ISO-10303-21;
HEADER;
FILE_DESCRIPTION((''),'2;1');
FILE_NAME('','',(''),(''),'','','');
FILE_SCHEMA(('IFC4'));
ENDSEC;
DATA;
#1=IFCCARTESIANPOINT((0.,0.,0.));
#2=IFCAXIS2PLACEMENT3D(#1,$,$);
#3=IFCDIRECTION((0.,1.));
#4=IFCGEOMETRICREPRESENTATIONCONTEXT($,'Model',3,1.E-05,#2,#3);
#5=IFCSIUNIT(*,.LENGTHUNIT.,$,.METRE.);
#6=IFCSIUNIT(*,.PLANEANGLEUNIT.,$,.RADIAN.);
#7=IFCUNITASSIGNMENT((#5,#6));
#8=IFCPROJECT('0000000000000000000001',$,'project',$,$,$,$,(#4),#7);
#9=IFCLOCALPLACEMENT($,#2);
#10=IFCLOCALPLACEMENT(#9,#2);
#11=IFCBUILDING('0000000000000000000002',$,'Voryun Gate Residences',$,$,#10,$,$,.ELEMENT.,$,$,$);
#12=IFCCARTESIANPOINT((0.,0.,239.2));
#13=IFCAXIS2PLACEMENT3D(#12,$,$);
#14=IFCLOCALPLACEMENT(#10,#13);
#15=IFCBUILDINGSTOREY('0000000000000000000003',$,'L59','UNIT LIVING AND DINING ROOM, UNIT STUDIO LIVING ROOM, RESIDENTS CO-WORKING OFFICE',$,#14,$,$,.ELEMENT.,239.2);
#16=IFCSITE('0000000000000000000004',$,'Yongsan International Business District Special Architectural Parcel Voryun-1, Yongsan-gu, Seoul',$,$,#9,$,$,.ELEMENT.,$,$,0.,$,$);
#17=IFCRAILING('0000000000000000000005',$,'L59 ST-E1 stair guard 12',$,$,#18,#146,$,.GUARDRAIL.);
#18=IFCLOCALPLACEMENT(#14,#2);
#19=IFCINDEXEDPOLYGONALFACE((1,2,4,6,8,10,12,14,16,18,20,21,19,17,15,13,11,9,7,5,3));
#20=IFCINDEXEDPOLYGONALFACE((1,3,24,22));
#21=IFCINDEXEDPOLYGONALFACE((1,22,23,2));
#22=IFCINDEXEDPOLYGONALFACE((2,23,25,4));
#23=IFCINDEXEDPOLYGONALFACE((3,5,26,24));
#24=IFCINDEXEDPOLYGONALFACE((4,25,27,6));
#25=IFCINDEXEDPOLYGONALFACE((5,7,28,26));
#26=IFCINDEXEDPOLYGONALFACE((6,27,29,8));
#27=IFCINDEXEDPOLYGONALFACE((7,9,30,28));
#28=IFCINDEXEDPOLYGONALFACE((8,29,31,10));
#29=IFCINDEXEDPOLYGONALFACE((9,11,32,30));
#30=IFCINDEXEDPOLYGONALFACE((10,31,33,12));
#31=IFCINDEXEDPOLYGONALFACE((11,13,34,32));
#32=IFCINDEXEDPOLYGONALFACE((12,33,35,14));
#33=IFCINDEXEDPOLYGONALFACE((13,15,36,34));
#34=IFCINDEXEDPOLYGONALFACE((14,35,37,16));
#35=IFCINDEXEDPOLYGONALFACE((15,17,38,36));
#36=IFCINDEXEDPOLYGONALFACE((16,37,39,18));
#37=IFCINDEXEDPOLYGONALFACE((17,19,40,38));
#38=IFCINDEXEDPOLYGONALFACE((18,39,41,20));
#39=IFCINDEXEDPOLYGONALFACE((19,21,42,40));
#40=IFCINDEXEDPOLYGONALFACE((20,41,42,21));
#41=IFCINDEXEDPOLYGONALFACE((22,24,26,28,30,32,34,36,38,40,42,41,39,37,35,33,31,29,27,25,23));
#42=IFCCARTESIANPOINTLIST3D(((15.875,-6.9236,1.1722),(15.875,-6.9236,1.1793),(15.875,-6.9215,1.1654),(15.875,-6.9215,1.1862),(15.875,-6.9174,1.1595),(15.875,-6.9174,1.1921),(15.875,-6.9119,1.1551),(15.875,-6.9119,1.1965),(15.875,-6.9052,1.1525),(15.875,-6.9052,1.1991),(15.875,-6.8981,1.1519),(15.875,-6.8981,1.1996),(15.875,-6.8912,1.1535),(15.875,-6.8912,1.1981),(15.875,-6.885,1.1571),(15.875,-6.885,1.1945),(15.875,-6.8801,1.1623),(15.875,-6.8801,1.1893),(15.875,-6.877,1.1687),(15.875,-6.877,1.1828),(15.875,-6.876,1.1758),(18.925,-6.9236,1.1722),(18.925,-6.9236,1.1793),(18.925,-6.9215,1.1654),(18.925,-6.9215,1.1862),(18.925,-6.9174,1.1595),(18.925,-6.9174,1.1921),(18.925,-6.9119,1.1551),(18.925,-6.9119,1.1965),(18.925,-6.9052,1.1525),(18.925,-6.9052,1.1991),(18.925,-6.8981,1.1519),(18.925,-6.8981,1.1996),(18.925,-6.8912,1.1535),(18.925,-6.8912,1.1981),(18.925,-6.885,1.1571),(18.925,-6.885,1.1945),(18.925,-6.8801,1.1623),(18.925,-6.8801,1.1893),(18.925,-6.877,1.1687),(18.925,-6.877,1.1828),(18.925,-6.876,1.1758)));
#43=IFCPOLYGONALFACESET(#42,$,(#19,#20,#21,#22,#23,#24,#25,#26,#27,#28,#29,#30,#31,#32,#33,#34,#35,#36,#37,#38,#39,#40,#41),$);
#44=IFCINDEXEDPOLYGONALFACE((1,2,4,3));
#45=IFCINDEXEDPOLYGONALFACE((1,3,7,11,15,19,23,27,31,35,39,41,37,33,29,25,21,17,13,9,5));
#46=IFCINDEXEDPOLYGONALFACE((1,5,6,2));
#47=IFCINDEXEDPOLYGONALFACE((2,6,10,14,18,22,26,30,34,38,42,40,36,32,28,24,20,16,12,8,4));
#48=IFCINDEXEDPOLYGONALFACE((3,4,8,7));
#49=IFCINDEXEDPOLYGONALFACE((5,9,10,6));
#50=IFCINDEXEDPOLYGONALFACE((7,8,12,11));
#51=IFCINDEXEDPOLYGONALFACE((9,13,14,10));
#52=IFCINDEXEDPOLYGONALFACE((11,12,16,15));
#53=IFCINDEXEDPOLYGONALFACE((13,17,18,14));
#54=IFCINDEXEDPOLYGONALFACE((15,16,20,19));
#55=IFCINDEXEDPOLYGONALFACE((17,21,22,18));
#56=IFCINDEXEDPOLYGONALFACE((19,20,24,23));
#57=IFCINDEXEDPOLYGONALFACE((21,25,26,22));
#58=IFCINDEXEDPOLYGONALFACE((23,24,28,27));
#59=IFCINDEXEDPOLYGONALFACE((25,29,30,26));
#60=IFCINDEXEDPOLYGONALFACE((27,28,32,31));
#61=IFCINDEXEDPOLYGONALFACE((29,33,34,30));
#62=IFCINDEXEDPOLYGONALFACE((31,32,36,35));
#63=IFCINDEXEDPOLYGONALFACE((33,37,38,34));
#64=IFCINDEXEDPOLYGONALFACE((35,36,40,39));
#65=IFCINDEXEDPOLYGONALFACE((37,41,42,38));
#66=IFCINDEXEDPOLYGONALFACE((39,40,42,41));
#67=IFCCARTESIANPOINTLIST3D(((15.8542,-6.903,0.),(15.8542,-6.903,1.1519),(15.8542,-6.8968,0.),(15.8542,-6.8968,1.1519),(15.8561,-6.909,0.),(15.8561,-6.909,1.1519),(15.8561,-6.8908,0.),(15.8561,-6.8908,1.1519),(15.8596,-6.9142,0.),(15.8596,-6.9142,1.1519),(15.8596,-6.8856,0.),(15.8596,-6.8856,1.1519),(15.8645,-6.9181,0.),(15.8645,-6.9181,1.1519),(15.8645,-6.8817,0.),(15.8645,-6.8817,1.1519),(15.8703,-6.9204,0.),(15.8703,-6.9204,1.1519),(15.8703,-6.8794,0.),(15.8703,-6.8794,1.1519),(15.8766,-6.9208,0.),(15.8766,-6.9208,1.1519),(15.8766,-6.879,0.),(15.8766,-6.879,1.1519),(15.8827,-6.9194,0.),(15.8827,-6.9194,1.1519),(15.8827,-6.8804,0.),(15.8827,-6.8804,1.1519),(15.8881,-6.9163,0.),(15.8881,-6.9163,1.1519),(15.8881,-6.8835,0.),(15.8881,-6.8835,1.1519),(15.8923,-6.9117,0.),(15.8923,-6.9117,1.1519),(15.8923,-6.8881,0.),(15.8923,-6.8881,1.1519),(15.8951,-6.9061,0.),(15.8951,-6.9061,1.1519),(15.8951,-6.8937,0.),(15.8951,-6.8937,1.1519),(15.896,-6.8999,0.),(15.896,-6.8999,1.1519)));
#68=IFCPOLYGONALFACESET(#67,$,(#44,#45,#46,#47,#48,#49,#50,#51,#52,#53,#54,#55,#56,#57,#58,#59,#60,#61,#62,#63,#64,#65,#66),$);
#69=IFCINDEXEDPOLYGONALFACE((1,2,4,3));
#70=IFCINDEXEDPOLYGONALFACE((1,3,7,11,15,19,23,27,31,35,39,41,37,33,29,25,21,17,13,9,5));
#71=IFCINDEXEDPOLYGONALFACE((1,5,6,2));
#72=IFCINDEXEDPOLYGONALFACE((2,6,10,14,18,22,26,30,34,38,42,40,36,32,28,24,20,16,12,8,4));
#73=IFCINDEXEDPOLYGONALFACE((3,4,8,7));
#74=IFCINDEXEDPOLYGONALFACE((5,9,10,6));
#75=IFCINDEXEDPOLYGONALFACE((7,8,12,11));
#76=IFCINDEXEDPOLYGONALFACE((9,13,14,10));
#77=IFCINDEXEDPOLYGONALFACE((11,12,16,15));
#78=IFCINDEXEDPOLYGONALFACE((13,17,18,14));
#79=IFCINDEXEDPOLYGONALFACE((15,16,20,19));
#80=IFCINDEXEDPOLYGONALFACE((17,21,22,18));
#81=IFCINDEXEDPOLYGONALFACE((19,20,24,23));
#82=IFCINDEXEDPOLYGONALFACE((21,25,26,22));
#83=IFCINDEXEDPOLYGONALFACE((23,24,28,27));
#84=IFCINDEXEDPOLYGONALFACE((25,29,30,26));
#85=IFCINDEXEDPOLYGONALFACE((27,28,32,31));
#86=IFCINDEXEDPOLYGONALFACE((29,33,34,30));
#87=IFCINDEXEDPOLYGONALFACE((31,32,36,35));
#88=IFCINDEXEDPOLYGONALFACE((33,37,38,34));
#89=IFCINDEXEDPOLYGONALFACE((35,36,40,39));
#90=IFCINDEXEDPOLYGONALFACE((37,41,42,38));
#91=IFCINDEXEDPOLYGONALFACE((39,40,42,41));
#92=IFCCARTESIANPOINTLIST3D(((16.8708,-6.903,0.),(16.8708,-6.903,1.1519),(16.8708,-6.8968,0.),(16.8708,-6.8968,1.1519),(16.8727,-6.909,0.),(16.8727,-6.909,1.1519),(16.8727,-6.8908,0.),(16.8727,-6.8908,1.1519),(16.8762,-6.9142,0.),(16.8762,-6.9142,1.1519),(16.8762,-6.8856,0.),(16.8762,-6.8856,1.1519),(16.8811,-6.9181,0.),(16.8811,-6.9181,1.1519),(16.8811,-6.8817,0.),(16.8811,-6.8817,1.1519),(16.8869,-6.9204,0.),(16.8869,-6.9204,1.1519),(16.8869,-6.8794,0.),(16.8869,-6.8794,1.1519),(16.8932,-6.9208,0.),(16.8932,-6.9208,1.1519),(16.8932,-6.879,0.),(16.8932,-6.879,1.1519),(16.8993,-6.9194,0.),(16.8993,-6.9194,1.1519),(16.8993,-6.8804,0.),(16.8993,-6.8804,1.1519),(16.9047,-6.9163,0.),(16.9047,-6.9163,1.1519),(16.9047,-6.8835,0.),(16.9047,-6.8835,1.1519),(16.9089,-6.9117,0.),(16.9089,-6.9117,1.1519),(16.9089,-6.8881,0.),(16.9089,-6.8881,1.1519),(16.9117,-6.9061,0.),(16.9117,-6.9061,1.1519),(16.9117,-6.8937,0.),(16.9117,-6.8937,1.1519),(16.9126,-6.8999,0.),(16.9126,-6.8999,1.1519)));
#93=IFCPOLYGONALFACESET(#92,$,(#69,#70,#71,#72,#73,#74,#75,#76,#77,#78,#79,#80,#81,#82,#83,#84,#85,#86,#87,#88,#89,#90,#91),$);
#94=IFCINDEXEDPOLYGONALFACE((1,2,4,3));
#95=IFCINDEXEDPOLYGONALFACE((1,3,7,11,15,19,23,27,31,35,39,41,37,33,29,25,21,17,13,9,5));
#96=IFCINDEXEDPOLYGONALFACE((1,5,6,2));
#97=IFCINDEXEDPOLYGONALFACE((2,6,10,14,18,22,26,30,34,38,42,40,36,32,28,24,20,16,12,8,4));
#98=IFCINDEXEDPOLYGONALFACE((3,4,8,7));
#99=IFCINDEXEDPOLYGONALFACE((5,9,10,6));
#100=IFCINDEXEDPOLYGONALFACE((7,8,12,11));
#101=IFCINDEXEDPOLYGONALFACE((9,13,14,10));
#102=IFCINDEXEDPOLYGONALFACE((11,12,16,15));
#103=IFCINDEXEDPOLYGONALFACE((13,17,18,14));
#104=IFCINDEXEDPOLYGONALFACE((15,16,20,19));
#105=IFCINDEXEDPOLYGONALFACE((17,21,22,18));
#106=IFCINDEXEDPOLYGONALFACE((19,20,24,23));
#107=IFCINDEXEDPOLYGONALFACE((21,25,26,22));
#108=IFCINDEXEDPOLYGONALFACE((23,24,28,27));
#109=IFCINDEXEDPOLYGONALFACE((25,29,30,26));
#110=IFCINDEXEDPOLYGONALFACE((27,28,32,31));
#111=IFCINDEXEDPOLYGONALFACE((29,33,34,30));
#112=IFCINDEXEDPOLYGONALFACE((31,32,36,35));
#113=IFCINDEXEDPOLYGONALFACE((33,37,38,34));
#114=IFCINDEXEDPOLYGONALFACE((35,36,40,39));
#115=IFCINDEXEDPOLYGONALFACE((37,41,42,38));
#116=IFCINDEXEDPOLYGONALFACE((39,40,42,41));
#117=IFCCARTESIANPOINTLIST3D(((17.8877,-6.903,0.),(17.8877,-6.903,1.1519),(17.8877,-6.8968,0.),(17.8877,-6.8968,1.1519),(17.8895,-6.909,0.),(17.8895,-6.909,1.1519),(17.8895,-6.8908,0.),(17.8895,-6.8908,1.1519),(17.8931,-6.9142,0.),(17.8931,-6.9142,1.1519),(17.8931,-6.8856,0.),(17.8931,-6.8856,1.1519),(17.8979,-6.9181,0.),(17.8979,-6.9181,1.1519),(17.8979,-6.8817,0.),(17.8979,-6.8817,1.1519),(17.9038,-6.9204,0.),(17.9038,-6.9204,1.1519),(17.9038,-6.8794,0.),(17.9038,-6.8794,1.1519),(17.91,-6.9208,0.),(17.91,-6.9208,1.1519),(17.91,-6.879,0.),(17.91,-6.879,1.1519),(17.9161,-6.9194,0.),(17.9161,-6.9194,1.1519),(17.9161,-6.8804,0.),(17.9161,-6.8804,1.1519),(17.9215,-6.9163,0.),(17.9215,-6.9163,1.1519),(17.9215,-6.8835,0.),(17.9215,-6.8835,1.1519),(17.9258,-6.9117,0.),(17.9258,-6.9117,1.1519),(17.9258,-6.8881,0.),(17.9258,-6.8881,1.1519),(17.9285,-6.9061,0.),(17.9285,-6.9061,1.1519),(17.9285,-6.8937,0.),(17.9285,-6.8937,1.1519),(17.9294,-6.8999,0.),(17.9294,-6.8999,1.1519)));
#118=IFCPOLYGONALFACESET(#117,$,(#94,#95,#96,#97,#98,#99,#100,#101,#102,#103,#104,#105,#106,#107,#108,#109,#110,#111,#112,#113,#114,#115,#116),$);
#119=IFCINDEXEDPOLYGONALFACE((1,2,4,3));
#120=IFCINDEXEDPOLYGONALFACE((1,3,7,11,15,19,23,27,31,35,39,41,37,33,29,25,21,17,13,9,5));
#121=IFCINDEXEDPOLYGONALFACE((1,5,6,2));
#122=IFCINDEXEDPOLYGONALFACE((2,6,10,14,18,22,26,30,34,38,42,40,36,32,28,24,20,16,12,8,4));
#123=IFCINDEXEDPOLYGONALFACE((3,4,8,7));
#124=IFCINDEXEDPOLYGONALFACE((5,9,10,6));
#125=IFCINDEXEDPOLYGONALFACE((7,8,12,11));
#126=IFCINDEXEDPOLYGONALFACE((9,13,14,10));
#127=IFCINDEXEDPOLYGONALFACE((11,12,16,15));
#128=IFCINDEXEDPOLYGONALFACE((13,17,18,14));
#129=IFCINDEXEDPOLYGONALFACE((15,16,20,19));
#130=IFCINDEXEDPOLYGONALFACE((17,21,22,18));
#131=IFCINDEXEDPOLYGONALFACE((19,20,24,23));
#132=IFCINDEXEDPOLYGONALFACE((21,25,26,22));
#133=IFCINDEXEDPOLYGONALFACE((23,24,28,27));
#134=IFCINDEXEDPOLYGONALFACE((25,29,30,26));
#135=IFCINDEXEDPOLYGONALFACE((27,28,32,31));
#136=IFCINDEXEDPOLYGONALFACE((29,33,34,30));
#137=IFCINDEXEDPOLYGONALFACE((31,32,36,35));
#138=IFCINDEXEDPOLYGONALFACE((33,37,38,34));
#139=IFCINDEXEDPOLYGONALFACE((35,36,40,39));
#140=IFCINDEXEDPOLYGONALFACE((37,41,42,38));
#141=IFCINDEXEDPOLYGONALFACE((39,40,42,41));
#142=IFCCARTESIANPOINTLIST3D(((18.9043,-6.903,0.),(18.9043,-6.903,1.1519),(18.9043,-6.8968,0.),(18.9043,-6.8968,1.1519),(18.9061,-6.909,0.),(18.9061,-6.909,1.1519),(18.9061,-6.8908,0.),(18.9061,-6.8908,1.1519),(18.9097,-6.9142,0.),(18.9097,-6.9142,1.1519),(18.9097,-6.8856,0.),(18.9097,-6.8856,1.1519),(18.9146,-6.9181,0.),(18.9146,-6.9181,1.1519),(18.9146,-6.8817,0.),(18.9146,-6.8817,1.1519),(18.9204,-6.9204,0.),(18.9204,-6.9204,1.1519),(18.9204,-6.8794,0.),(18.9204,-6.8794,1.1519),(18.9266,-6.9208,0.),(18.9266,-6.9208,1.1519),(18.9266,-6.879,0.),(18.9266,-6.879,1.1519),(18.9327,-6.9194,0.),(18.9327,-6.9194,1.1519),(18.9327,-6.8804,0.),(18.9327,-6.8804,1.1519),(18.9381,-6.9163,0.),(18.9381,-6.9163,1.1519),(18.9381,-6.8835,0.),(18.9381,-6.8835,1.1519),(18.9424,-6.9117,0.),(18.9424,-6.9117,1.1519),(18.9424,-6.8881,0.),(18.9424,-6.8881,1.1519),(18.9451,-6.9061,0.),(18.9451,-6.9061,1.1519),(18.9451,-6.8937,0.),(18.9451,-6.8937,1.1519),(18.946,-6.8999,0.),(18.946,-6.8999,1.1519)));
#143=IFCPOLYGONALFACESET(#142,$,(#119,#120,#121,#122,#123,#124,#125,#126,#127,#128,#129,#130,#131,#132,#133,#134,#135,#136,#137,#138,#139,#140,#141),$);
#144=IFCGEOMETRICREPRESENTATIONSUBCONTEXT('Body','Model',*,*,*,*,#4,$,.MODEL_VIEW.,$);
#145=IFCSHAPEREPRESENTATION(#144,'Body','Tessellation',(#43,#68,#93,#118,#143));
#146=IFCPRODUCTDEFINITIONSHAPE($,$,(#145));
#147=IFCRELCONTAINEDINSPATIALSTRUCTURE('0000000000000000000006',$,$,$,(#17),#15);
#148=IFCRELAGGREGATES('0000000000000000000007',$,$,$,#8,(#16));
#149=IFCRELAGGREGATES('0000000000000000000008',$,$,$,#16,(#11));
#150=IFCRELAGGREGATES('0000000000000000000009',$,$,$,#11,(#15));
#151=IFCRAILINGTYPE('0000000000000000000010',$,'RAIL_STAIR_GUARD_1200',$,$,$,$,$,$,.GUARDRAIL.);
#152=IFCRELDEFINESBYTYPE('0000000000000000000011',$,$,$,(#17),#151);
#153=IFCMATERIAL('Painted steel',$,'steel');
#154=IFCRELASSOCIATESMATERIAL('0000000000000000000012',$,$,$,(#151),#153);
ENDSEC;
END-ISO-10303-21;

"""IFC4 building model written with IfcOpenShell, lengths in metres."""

from ifc_helpers import new_model, si_unit, direction, frame, origin, origin_2d, place, context, subcontext, project, spatial, circle, extrude, material, type_object, element, save


model = new_model("IFC4")

# Units and contexts
model_context = context("Model", 3, precision=1e-05, world=origin(), true_north=direction((0.0, 1.0)))
body_context = subcontext(model_context, "Body", "Model", "MODEL_VIEW")
ifc_project = project(units=[si_unit("LENGTHUNIT", "METRE"), si_unit("PLANEANGLEUNIT", "RADIAN")], contexts=[model_context])

# Site, building, storey
site_placement = place(None, origin())
site = spatial("IfcSite", under=ifc_project, at=site_placement, Name="Yongsan International Business District Special Architectural Parcel Voryun-1, Yongsan-gu, Seoul", CompositionType="ELEMENT", RefElevation=0.0)
building_placement = place(site_placement, origin())
building = spatial("IfcBuilding", under=site, at=building_placement, Name="Voryun Gate Residences", CompositionType="ELEMENT")
storey_placement = place(building_placement, frame((0.0, 0.0, 239.2)))
storey = spatial("IfcBuildingStorey", under=building, at=storey_placement, Name="L59", Description="UNIT LIVING AND DINING ROOM, UNIT STUDIO LIVING ROOM, RESIDENTS CO-WORKING OFFICE", CompositionType="ELEMENT", Elevation=239.2)

# Railing
ifc_material_1 = material(Name="Painted steel", Category="steel")
railing_type_1 = type_object("IfcRailingType", Name="RAIL_STAIR_GUARD_1200", PredefinedType="GUARDRAIL", material=ifc_material_1)
railing_1_placement = place(storey_placement, frame((15.875, -6.8999, 0.0)))
element("IfcRailing", 1, at=railing_1_placement, inside=storey, type_object=railing_type_1, Name="L59 ST-E1 stair guard 12", PredefinedType="GUARDRAIL", context=body_context, shape_type="SweptSolid", body=[
    extrude(circle(Radius=0.0239, at=origin_2d()), frame((0.0, 0.0, 1.1758), z_axis=(1.0, 0.0, 0.0), x_axis=(0.0, 1.0, 0.0)), (0.0, 0.0, 1.0), 3.05),
    extrude(circle(Radius=0.021, at=origin_2d()), origin(), (0.0, 0.0, 1.0), 1.1519),
    extrude(circle(Radius=0.021, at=origin_2d()), frame((1.0166, 0.0, 0.0)), (0.0, 0.0, 1.0), 1.1519),
    extrude(circle(Radius=0.021, at=origin_2d()), frame((2.0334, 0.0, 0.0)), (0.0, 0.0, 1.0), 1.1519),
    extrude(circle(Radius=0.021, at=origin_2d()), frame((3.05, 0.0, 0.0)), (0.0, 0.0, 1.0), 1.1519),
])

save(model, "model.ifc")
